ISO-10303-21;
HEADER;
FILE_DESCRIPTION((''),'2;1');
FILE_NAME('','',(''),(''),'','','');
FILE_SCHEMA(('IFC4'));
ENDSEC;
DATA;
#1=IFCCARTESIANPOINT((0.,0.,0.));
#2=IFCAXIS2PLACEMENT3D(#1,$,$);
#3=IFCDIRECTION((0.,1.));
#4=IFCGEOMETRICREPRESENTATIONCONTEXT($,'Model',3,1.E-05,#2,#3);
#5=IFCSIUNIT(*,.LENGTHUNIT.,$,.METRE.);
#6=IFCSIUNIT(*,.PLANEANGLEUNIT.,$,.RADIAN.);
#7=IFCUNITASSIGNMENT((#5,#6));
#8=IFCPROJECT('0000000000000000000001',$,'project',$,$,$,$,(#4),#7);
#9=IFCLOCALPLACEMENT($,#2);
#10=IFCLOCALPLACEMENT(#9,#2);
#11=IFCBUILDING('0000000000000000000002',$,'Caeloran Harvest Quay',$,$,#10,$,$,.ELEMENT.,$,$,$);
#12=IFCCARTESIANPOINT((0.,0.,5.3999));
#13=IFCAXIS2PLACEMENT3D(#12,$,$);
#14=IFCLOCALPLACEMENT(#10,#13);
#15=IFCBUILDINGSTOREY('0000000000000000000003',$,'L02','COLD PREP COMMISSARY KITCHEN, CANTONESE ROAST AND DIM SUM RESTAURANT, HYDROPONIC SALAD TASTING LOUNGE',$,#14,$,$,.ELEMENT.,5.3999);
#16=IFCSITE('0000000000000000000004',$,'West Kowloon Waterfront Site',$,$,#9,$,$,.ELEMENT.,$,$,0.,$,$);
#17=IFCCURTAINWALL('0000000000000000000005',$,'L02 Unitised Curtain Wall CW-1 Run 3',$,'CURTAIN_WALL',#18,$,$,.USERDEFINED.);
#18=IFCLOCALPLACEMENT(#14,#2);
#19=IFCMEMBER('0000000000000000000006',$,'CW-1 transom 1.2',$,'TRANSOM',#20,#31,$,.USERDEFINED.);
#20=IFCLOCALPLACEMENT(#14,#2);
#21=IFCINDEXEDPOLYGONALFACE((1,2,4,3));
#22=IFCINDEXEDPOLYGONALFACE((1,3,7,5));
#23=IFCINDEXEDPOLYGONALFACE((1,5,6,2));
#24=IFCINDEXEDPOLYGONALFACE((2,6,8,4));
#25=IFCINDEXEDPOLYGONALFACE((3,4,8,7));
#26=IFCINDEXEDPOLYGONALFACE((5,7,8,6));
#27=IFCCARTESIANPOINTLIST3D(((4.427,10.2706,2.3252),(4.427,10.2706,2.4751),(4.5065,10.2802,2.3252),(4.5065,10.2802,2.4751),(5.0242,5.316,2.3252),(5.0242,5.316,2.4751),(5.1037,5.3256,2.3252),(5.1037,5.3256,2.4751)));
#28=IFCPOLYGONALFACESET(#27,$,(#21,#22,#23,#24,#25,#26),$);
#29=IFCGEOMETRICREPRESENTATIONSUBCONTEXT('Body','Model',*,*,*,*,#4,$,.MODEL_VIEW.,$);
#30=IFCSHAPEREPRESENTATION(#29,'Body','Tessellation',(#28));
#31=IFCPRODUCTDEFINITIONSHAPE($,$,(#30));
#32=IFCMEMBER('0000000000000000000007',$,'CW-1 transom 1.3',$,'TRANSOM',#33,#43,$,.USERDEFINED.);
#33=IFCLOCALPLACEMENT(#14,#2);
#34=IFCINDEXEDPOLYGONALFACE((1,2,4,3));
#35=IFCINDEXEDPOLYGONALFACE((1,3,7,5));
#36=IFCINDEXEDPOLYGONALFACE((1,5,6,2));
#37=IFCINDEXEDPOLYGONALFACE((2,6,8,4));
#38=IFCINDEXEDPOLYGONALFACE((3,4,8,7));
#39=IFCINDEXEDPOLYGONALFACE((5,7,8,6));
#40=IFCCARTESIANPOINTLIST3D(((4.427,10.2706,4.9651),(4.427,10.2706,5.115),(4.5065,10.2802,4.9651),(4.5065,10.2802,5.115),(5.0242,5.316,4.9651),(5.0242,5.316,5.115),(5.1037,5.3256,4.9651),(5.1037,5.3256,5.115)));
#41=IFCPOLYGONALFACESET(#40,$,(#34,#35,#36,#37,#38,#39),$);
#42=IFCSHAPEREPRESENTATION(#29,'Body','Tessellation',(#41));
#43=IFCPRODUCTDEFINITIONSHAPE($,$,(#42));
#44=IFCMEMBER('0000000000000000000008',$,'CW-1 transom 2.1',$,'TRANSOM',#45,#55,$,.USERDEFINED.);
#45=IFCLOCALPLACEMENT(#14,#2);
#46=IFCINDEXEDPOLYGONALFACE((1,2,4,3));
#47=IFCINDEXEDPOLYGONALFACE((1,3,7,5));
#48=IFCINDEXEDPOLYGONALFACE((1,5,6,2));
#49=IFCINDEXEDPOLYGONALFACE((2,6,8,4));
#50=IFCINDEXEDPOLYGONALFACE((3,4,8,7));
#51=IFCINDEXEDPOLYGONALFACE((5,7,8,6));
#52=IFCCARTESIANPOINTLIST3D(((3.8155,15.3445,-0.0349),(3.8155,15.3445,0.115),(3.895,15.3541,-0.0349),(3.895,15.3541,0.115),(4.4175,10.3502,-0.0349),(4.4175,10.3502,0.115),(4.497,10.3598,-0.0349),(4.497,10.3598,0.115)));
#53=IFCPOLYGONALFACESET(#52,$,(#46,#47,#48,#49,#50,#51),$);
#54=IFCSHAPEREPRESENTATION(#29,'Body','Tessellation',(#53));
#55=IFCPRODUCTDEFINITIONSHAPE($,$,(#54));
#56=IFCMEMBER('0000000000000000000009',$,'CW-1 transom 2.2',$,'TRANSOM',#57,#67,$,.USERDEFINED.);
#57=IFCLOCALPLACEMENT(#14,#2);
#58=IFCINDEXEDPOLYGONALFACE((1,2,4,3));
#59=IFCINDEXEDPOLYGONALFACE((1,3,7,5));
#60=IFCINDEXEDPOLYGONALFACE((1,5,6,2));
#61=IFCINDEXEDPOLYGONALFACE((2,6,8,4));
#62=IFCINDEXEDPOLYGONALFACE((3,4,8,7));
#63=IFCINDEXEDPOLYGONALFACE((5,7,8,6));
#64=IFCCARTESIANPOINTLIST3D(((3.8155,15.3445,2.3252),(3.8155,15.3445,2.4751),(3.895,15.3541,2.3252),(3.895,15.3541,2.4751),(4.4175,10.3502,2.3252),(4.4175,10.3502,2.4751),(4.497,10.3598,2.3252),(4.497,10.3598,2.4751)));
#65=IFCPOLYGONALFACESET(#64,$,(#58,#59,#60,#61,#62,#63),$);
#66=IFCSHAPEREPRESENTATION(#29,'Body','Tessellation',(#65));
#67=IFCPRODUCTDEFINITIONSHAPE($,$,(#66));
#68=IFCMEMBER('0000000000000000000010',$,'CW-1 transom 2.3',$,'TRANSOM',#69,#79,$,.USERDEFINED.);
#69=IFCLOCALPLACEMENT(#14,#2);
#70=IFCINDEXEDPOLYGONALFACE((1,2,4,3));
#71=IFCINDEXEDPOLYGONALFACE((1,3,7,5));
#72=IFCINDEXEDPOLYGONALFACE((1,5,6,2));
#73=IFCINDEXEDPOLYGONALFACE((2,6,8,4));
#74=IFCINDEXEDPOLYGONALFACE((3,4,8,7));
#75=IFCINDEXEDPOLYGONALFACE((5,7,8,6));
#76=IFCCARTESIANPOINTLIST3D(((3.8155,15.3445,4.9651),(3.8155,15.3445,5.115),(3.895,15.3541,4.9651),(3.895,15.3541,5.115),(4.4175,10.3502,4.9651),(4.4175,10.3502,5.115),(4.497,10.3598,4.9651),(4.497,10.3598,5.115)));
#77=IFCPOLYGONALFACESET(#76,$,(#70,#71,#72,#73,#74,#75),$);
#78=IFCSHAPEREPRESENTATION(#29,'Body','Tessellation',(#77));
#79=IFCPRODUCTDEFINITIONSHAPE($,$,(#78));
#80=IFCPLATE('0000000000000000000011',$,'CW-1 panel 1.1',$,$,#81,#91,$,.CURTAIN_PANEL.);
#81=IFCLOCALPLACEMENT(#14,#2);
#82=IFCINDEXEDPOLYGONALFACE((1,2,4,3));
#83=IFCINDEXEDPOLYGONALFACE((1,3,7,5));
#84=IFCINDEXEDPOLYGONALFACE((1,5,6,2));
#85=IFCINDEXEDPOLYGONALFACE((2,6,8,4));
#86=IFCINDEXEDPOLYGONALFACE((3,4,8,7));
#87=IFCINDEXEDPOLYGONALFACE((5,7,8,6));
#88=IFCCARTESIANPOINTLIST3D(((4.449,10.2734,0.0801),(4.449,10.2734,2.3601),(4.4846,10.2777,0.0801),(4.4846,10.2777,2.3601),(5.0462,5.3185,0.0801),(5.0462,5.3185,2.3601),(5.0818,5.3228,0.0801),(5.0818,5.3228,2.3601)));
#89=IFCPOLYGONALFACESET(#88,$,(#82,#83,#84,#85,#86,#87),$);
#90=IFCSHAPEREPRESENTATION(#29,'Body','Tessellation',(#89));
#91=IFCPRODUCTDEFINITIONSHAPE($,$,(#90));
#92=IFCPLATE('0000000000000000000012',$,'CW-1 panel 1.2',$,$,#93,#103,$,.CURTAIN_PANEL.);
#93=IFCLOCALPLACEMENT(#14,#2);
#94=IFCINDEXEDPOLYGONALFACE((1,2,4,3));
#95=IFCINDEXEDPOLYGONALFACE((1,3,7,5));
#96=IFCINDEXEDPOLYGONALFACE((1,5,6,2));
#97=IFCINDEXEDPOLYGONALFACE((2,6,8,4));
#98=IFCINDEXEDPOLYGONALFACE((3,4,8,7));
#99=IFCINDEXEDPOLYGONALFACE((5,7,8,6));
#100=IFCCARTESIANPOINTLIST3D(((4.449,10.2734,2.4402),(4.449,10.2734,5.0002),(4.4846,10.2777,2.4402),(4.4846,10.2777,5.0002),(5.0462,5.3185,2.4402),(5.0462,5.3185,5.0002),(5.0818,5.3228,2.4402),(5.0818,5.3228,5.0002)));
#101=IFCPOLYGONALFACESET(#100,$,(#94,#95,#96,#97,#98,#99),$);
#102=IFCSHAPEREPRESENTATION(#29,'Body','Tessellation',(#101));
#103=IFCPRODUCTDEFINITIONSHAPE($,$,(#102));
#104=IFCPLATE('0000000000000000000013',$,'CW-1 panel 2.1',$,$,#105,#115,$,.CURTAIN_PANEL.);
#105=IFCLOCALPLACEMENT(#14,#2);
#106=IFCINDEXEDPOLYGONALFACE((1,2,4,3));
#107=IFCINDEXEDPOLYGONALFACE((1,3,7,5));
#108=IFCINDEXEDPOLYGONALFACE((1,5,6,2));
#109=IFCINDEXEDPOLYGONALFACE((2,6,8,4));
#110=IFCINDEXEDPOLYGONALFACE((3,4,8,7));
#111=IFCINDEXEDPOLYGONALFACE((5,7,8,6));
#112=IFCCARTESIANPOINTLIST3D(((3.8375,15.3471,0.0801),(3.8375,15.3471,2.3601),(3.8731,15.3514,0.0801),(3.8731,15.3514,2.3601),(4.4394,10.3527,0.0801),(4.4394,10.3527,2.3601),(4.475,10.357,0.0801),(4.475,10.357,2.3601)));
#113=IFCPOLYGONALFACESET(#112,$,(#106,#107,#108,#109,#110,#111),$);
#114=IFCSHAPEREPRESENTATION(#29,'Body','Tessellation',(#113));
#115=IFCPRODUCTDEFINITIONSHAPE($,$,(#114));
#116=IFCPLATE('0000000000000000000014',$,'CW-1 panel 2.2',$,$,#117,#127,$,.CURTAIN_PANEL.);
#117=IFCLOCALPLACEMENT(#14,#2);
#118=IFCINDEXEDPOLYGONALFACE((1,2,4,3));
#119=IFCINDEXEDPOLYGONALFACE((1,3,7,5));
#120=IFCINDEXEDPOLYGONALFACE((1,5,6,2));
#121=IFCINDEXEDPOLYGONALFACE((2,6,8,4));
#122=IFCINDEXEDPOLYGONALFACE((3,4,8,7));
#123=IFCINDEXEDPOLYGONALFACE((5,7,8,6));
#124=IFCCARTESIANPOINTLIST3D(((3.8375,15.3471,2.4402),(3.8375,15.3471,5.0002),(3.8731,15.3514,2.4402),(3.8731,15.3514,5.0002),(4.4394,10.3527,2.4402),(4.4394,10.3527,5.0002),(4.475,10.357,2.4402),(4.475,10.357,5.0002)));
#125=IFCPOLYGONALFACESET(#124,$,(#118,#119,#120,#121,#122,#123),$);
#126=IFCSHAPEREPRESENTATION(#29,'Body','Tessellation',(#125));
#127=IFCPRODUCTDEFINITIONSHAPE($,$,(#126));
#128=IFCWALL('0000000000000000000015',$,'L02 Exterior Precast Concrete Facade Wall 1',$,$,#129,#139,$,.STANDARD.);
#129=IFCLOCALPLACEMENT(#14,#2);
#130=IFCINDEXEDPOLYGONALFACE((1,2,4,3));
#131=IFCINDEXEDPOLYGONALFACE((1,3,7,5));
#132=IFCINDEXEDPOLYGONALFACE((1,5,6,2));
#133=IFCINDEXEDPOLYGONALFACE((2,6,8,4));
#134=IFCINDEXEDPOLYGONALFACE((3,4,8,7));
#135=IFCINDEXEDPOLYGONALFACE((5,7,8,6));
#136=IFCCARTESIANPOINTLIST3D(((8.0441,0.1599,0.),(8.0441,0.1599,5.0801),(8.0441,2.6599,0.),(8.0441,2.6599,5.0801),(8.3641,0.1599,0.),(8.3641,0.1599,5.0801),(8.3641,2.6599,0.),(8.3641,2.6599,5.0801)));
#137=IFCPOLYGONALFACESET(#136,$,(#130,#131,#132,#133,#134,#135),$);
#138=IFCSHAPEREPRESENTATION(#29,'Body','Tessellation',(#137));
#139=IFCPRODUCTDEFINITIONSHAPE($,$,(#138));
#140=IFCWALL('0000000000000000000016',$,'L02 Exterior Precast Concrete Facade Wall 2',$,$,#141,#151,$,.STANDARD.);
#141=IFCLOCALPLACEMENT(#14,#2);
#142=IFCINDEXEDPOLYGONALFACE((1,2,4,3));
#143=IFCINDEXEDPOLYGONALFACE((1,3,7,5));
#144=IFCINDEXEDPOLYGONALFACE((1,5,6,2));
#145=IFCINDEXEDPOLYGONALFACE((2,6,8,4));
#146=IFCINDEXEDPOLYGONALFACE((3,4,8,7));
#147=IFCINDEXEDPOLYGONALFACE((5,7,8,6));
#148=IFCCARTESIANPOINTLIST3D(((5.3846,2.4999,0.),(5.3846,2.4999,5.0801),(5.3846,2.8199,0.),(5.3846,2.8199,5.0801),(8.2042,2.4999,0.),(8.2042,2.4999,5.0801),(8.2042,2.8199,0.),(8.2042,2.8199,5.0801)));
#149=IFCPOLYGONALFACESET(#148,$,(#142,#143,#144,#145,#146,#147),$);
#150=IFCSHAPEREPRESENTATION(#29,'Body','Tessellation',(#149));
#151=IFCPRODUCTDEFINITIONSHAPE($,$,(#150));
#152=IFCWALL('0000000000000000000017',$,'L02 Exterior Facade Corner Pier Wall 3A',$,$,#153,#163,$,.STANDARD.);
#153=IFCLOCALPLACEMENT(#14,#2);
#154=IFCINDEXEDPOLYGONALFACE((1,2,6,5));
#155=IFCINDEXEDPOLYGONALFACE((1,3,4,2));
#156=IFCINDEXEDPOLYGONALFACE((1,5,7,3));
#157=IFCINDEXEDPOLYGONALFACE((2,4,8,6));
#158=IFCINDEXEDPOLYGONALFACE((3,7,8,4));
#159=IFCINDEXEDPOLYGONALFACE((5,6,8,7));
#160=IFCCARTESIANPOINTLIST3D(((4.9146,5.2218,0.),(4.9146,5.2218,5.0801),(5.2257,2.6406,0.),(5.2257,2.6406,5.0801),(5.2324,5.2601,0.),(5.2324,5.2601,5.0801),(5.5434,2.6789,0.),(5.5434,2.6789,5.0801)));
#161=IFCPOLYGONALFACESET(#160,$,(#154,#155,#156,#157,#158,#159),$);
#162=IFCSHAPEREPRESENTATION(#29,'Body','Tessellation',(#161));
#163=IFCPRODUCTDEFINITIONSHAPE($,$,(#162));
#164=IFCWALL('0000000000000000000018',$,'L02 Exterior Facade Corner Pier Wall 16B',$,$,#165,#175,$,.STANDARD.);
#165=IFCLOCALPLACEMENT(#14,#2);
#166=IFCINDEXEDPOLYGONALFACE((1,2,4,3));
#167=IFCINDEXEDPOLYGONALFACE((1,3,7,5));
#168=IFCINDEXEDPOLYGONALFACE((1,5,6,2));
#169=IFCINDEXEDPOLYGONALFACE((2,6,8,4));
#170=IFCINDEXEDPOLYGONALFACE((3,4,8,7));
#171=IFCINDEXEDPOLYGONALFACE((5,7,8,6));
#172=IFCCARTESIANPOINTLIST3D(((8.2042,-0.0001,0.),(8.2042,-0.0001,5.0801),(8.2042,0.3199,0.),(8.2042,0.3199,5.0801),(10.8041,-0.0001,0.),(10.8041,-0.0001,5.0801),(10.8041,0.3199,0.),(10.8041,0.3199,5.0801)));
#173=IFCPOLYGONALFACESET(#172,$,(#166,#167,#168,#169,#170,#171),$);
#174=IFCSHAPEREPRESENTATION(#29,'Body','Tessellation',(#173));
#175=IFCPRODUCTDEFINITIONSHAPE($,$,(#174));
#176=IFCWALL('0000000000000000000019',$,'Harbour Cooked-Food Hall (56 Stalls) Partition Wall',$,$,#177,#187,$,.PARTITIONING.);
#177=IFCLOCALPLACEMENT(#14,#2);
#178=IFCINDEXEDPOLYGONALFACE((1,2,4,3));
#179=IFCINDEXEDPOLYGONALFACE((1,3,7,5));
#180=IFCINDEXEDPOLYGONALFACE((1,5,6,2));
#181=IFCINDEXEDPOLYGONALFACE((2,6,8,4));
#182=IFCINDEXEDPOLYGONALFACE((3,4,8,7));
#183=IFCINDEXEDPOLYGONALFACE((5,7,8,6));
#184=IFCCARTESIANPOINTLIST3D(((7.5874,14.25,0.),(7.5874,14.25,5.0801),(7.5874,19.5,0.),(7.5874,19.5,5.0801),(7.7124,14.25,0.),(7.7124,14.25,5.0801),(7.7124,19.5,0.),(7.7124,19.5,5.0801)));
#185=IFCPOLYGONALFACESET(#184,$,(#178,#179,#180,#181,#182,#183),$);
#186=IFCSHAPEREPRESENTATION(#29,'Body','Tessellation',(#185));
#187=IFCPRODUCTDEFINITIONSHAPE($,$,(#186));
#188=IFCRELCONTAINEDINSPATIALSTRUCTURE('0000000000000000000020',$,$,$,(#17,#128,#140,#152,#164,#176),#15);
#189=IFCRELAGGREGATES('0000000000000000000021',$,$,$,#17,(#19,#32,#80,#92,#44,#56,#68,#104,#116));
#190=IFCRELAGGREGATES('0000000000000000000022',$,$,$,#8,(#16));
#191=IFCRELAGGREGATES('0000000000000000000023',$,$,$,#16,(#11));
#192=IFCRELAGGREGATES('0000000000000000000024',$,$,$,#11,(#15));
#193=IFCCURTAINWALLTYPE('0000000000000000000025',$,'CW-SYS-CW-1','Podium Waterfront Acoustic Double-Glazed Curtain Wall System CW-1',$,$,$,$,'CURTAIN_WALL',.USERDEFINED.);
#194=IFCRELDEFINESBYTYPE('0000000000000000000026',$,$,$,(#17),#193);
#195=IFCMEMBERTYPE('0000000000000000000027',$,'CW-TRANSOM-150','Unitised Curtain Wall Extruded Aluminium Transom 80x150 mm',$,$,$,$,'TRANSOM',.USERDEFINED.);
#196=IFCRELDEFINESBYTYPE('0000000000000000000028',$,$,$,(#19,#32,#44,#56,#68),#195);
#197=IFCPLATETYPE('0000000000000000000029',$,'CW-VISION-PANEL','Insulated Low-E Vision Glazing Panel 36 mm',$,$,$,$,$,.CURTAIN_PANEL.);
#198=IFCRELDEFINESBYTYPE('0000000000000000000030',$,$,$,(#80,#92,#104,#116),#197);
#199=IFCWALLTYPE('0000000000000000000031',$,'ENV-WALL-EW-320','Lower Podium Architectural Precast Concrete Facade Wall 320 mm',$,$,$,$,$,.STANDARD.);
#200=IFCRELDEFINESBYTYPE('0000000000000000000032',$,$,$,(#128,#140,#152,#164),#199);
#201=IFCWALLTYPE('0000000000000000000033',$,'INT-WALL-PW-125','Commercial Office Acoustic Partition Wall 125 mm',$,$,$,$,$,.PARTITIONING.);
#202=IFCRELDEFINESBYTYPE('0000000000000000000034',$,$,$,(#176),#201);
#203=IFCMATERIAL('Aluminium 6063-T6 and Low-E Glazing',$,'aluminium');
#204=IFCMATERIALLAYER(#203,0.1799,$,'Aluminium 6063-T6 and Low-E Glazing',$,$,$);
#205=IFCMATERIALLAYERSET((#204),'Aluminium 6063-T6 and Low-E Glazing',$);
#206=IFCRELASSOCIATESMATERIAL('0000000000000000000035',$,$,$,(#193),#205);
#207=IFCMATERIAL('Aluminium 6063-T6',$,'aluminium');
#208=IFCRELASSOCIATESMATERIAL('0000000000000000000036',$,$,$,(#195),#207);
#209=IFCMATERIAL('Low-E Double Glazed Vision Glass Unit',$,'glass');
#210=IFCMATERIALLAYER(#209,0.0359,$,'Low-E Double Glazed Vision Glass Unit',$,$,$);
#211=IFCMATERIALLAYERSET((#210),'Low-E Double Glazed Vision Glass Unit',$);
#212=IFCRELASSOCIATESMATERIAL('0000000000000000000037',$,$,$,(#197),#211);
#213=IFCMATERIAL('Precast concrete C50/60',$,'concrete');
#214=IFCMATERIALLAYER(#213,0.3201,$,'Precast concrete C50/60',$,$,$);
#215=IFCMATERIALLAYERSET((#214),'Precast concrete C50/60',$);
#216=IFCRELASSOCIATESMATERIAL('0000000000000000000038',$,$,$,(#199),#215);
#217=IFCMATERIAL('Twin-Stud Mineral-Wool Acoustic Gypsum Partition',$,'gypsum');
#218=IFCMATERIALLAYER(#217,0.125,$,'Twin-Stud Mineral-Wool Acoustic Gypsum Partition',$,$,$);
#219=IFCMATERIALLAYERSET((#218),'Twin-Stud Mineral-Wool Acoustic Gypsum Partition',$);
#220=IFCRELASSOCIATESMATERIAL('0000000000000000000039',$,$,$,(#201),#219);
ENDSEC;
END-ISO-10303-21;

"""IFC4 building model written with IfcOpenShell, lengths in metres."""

from ifc_helpers import new_model, si_unit, direction, frame, frame_2d, origin, origin_2d, place, context, subcontext, project, spatial, rectangle, extrude, material, layer, layer_set, material_profile, profile_set, type_object, element, aggregate, save


model = new_model("IFC4")

# Units and contexts
model_context = context("Model", 3, precision=1e-05, world=origin(), true_north=direction((0.0, 1.0)))
body_context = subcontext(model_context, "Body", "Model", "MODEL_VIEW")
ifc_project = project(units=[si_unit("LENGTHUNIT", "METRE"), si_unit("PLANEANGLEUNIT", "RADIAN")], contexts=[model_context])

# Site, building, storey
site_placement = place(None, origin())
site = spatial("IfcSite", under=ifc_project, at=site_placement, Name="West Kowloon Waterfront Site", CompositionType="ELEMENT", RefElevation=0.0)
building_placement = place(site_placement, origin())
building = spatial("IfcBuilding", under=site, at=building_placement, Name="Caeloran Harvest Quay", CompositionType="ELEMENT")
storey_placement = place(building_placement, frame((0.0, 0.0, 5.3999)))
storey = spatial("IfcBuildingStorey", under=building, at=storey_placement, Name="L02", Description="COLD PREP COMMISSARY KITCHEN, CANTONESE ROAST AND DIM SUM RESTAURANT, HYDROPONIC SALAD TASTING LOUNGE", CompositionType="ELEMENT", Elevation=5.3999)

# Curtain wall
ifc_material_1 = material(Name="Aluminium 6063-T6 and Low-E Glazing", Category="aluminium")
ifc_layer_1 = layer(ifc_material_1, 0.1799, Name="Aluminium 6063-T6 and Low-E Glazing")
ifc_layer_set_1 = layer_set([ifc_layer_1], Name="Aluminium 6063-T6 and Low-E Glazing")
curtain_wall_type = type_object("IfcCurtainWallType", Name="CW-SYS-CW-1", Description="Podium Waterfront Acoustic Double-Glazed Curtain Wall System CW-1", ElementType="CURTAIN_WALL", PredefinedType="USERDEFINED", material=ifc_layer_set_1)
curtain_wall_1_placement = place(storey_placement, origin())
curtain_wall_1 = element("IfcCurtainWall", 1, at=curtain_wall_1_placement, inside=storey, type_object=curtain_wall_type, Name="L02 Unitised Curtain Wall CW-1 Run 3", ObjectType="CURTAIN_WALL", PredefinedType="USERDEFINED")
ifc_material_2 = material(Name="Aluminium 6063-T6", Category="aluminium")

# Members
ifc_material_profile_1 = material_profile(ifc_material_2, rectangle(XDim=0.0801, YDim=0.1499, at=origin_2d()), Name="CW-TRANSOM-150")
ifc_profile_set_1 = profile_set([ifc_material_profile_1], Name="Aluminium 6063-T6")
member_type_1 = type_object("IfcMemberType", Name="CW-TRANSOM-150", Description="Unitised Curtain Wall Extruded Aluminium Transom 80x150 mm", ElementType="TRANSOM", PredefinedType="USERDEFINED", material=ifc_profile_set_1)
member_1_placement = place(storey_placement, frame((5.064, 5.3208, 2.4001), z_axis=(-0.119662, 0.992815, 0.0), x_axis=(-0.992815, -0.119662, 0.0)))
member_1 = element("IfcMember", 2, at=member_1_placement, type_object=member_type_1, Name="CW-1 transom 1.2", ObjectType="TRANSOM", PredefinedType="USERDEFINED", context=body_context, shape_type="SweptSolid", body=[
    extrude(rectangle(XDim=0.0801, YDim=0.1499, at=origin_2d()), origin(), (0.0, 0.0, 1.0), 4.9905),
])
member_2_placement = place(storey_placement, frame((5.064, 5.3208, 5.04), z_axis=(-0.119662, 0.992815, 0.0), x_axis=(-0.992815, -0.119662, 0.0)))
member_2 = element("IfcMember", 3, at=member_2_placement, type_object=member_type_1, Name="CW-1 transom 1.3", ObjectType="TRANSOM", PredefinedType="USERDEFINED", context=body_context, shape_type="SweptSolid", body=[
    extrude(rectangle(XDim=0.0801, YDim=0.1499, at=origin_2d()), origin(), (0.0, 0.0, 1.0), 4.9905),
])
member_3_placement = place(storey_placement, frame((4.4573, 10.355, 0.04), z_axis=(-0.119679, 0.992813, 0.0), x_axis=(-0.992813, -0.119679, 0.0)))
member_3 = element("IfcMember", 4, at=member_3_placement, type_object=member_type_1, Name="CW-1 transom 2.1", ObjectType="TRANSOM", PredefinedType="USERDEFINED", context=body_context, shape_type="SweptSolid", body=[
    extrude(rectangle(XDim=0.0801, YDim=0.1499, at=origin_2d()), origin(), (0.0, 0.0, 1.0), 5.0305),
])
member_4_placement = place(storey_placement, frame((4.4573, 10.355, 2.4001), z_axis=(-0.119679, 0.992813, 0.0), x_axis=(-0.992813, -0.119679, 0.0)))
member_4 = element("IfcMember", 5, at=member_4_placement, type_object=member_type_1, Name="CW-1 transom 2.2", ObjectType="TRANSOM", PredefinedType="USERDEFINED", context=body_context, shape_type="SweptSolid", body=[
    extrude(rectangle(XDim=0.0801, YDim=0.1499, at=origin_2d()), origin(), (0.0, 0.0, 1.0), 5.0305),
])
member_5_placement = place(storey_placement, frame((4.4573, 10.355, 5.04), z_axis=(-0.119679, 0.992813, 0.0), x_axis=(-0.992813, -0.119679, 0.0)))
member_5 = element("IfcMember", 6, at=member_5_placement, type_object=member_type_1, Name="CW-1 transom 2.3", ObjectType="TRANSOM", PredefinedType="USERDEFINED", context=body_context, shape_type="SweptSolid", body=[
    extrude(rectangle(XDim=0.0801, YDim=0.1499, at=origin_2d()), origin(), (0.0, 0.0, 1.0), 5.0305),
])

# Plates
ifc_material_3 = material(Name="Low-E Double Glazed Vision Glass Unit", Category="glass")
ifc_layer_2 = layer(ifc_material_3, 0.0359, Name="Low-E Double Glazed Vision Glass Unit")
ifc_layer_set_2 = layer_set([ifc_layer_2], Name="Low-E Double Glazed Vision Glass Unit")
plate_type = type_object("IfcPlateType", Name="CW-VISION-PANEL", Description="Insulated Low-E Vision Glazing Panel 36 mm", PredefinedType="CURTAIN_PANEL", material=ifc_layer_set_2)
plate_1_placement = place(storey_placement, frame((4.7654, 7.7981, 0.0801), z_axis=(0.0, 0.0, 1.0), x_axis=(-0.119658, 0.992815, 0.0)))
plate_1 = element("IfcPlate", 7, at=plate_1_placement, type_object=plate_type, Name="CW-1 panel 1.1", PredefinedType="CURTAIN_PANEL", context=body_context, shape_type="SweptSolid", body=[
    extrude(rectangle(XDim=4.9907, YDim=0.0359, at=origin_2d()), origin(), (0.0, 0.0, 1.0), 2.28),
])
plate_2_placement = place(storey_placement, frame((4.7654, 7.7981, 2.4402), z_axis=(0.0, 0.0, 1.0), x_axis=(-0.119658, 0.992815, 0.0)))
plate_2 = element("IfcPlate", 8, at=plate_2_placement, type_object=plate_type, Name="CW-1 panel 1.2", PredefinedType="CURTAIN_PANEL", context=body_context, shape_type="SweptSolid", body=[
    extrude(rectangle(XDim=4.9907, YDim=0.0359, at=origin_2d()), origin(), (0.0, 0.0, 1.0), 2.5601),
])
plate_3_placement = place(storey_placement, frame((4.1562, 12.8521, 0.0801), z_axis=(0.0, 0.0, 1.0), x_axis=(-0.119658, 0.992815, 0.0)))
plate_3 = element("IfcPlate", 9, at=plate_3_placement, type_object=plate_type, Name="CW-1 panel 2.1", PredefinedType="CURTAIN_PANEL", context=body_context, shape_type="SweptSolid", body=[
    extrude(rectangle(XDim=5.0305, YDim=0.0359, at=origin_2d()), origin(), (0.0, 0.0, 1.0), 2.28),
])
plate_4_placement = place(storey_placement, frame((4.1562, 12.8521, 2.4402), z_axis=(0.0, 0.0, 1.0), x_axis=(-0.119658, 0.992815, 0.0)))
plate_4 = element("IfcPlate", 10, at=plate_4_placement, type_object=plate_type, Name="CW-1 panel 2.2", PredefinedType="CURTAIN_PANEL", context=body_context, shape_type="SweptSolid", body=[
    extrude(rectangle(XDim=5.0305, YDim=0.0359, at=origin_2d()), origin(), (0.0, 0.0, 1.0), 2.5601),
])
aggregate(curtain_wall_1, [member_1, member_2, plate_1, plate_2, member_3, member_4, member_5, plate_3, plate_4])

# Walls
ifc_material_4 = material(Name="Precast concrete C50/60", Category="concrete")
ifc_layer_3 = layer(ifc_material_4, 0.3201, Name="Precast concrete C50/60")
ifc_layer_set_3 = layer_set([ifc_layer_3], Name="Precast concrete C50/60")
wall_type_1 = type_object("IfcWallType", Name="ENV-WALL-EW-320", Description="Lower Podium Architectural Precast Concrete Facade Wall 320 mm", PredefinedType="STANDARD", material=ifc_layer_set_3)
wall_1_placement = place(storey_placement, frame((8.2041, 0.1599, 0.0), z_axis=(0.0, 0.0, 1.0), x_axis=(0.0, 1.0, 0.0)))
element("IfcWall", 11, at=wall_1_placement, inside=storey, type_object=wall_type_1, Name="L02 Exterior Precast Concrete Facade Wall 1", PredefinedType="STANDARD", context=body_context, shape_type="SweptSolid", body=[
    extrude(rectangle(XDim=2.5, YDim=0.3201, at=frame_2d((1.25, 0.0))), origin(), (0.0, 0.0, 1.0), 5.0801),
])
wall_2_placement = place(storey_placement, frame((8.2041, 2.6599, 0.0), z_axis=(0.0, 0.0, 1.0), x_axis=(-1.0, 0.0, 0.0)))
element("IfcWall", 12, at=wall_2_placement, inside=storey, type_object=wall_type_1, Name="L02 Exterior Precast Concrete Facade Wall 2", PredefinedType="STANDARD", context=body_context, shape_type="SweptSolid", body=[
    extrude(rectangle(XDim=2.8196, YDim=0.3201, at=frame_2d((1.4097, 0.0))), origin(), (0.0, 0.0, 1.0), 5.0801),
])
for number, where, z_axis, x_axis, name in (
    (13, (5.3845, 2.6599, 0.0), (0.0, 0.0, 1.0), (-0.11963, 0.992819, 0.0), "L02 Exterior Facade Corner Pier Wall 3A"),
    (14, (10.804, 0.1599, 0.0), (0.0, 0.0, 1.0), (-1.0, 0.0, 0.0), "L02 Exterior Facade Corner Pier Wall 16B"),
):
    element("IfcWall", number, at=place(storey_placement, frame(where, z_axis=z_axis, x_axis=x_axis)), inside=storey, type_object=wall_type_1, Name=name, PredefinedType="STANDARD", context=body_context, shape_type="SweptSolid", body=[
        extrude(rectangle(XDim=2.5999, YDim=0.3201, at=frame_2d((1.2998, 0.0))), origin(), (0.0, 0.0, 1.0), 5.0801),
    ])
ifc_material_5 = material(Name="Twin-Stud Mineral-Wool Acoustic Gypsum Partition", Category="gypsum")
ifc_layer_4 = layer(ifc_material_5, 0.125, Name="Twin-Stud Mineral-Wool Acoustic Gypsum Partition")
ifc_layer_set_4 = layer_set([ifc_layer_4], Name="Twin-Stud Mineral-Wool Acoustic Gypsum Partition")
wall_type_2 = type_object("IfcWallType", Name="INT-WALL-PW-125", Description="Commercial Office Acoustic Partition Wall 125 mm", PredefinedType="PARTITIONING", material=ifc_layer_set_4)
wall_3_placement = place(storey_placement, frame((7.6499, 14.25, 0.0), z_axis=(0.0, 0.0, 1.0), x_axis=(0.0, 1.0, 0.0)))
element("IfcWall", 15, at=wall_3_placement, inside=storey, type_object=wall_type_2, Name="Harbour Cooked-Food Hall (56 Stalls) Partition Wall", PredefinedType="PARTITIONING", context=body_context, shape_type="SweptSolid", body=[
    extrude(rectangle(XDim=5.25, YDim=0.125, at=frame_2d((2.625, 0.0))), origin(), (0.0, 0.0, 1.0), 5.0801),
])

save(model, "model.ifc")
